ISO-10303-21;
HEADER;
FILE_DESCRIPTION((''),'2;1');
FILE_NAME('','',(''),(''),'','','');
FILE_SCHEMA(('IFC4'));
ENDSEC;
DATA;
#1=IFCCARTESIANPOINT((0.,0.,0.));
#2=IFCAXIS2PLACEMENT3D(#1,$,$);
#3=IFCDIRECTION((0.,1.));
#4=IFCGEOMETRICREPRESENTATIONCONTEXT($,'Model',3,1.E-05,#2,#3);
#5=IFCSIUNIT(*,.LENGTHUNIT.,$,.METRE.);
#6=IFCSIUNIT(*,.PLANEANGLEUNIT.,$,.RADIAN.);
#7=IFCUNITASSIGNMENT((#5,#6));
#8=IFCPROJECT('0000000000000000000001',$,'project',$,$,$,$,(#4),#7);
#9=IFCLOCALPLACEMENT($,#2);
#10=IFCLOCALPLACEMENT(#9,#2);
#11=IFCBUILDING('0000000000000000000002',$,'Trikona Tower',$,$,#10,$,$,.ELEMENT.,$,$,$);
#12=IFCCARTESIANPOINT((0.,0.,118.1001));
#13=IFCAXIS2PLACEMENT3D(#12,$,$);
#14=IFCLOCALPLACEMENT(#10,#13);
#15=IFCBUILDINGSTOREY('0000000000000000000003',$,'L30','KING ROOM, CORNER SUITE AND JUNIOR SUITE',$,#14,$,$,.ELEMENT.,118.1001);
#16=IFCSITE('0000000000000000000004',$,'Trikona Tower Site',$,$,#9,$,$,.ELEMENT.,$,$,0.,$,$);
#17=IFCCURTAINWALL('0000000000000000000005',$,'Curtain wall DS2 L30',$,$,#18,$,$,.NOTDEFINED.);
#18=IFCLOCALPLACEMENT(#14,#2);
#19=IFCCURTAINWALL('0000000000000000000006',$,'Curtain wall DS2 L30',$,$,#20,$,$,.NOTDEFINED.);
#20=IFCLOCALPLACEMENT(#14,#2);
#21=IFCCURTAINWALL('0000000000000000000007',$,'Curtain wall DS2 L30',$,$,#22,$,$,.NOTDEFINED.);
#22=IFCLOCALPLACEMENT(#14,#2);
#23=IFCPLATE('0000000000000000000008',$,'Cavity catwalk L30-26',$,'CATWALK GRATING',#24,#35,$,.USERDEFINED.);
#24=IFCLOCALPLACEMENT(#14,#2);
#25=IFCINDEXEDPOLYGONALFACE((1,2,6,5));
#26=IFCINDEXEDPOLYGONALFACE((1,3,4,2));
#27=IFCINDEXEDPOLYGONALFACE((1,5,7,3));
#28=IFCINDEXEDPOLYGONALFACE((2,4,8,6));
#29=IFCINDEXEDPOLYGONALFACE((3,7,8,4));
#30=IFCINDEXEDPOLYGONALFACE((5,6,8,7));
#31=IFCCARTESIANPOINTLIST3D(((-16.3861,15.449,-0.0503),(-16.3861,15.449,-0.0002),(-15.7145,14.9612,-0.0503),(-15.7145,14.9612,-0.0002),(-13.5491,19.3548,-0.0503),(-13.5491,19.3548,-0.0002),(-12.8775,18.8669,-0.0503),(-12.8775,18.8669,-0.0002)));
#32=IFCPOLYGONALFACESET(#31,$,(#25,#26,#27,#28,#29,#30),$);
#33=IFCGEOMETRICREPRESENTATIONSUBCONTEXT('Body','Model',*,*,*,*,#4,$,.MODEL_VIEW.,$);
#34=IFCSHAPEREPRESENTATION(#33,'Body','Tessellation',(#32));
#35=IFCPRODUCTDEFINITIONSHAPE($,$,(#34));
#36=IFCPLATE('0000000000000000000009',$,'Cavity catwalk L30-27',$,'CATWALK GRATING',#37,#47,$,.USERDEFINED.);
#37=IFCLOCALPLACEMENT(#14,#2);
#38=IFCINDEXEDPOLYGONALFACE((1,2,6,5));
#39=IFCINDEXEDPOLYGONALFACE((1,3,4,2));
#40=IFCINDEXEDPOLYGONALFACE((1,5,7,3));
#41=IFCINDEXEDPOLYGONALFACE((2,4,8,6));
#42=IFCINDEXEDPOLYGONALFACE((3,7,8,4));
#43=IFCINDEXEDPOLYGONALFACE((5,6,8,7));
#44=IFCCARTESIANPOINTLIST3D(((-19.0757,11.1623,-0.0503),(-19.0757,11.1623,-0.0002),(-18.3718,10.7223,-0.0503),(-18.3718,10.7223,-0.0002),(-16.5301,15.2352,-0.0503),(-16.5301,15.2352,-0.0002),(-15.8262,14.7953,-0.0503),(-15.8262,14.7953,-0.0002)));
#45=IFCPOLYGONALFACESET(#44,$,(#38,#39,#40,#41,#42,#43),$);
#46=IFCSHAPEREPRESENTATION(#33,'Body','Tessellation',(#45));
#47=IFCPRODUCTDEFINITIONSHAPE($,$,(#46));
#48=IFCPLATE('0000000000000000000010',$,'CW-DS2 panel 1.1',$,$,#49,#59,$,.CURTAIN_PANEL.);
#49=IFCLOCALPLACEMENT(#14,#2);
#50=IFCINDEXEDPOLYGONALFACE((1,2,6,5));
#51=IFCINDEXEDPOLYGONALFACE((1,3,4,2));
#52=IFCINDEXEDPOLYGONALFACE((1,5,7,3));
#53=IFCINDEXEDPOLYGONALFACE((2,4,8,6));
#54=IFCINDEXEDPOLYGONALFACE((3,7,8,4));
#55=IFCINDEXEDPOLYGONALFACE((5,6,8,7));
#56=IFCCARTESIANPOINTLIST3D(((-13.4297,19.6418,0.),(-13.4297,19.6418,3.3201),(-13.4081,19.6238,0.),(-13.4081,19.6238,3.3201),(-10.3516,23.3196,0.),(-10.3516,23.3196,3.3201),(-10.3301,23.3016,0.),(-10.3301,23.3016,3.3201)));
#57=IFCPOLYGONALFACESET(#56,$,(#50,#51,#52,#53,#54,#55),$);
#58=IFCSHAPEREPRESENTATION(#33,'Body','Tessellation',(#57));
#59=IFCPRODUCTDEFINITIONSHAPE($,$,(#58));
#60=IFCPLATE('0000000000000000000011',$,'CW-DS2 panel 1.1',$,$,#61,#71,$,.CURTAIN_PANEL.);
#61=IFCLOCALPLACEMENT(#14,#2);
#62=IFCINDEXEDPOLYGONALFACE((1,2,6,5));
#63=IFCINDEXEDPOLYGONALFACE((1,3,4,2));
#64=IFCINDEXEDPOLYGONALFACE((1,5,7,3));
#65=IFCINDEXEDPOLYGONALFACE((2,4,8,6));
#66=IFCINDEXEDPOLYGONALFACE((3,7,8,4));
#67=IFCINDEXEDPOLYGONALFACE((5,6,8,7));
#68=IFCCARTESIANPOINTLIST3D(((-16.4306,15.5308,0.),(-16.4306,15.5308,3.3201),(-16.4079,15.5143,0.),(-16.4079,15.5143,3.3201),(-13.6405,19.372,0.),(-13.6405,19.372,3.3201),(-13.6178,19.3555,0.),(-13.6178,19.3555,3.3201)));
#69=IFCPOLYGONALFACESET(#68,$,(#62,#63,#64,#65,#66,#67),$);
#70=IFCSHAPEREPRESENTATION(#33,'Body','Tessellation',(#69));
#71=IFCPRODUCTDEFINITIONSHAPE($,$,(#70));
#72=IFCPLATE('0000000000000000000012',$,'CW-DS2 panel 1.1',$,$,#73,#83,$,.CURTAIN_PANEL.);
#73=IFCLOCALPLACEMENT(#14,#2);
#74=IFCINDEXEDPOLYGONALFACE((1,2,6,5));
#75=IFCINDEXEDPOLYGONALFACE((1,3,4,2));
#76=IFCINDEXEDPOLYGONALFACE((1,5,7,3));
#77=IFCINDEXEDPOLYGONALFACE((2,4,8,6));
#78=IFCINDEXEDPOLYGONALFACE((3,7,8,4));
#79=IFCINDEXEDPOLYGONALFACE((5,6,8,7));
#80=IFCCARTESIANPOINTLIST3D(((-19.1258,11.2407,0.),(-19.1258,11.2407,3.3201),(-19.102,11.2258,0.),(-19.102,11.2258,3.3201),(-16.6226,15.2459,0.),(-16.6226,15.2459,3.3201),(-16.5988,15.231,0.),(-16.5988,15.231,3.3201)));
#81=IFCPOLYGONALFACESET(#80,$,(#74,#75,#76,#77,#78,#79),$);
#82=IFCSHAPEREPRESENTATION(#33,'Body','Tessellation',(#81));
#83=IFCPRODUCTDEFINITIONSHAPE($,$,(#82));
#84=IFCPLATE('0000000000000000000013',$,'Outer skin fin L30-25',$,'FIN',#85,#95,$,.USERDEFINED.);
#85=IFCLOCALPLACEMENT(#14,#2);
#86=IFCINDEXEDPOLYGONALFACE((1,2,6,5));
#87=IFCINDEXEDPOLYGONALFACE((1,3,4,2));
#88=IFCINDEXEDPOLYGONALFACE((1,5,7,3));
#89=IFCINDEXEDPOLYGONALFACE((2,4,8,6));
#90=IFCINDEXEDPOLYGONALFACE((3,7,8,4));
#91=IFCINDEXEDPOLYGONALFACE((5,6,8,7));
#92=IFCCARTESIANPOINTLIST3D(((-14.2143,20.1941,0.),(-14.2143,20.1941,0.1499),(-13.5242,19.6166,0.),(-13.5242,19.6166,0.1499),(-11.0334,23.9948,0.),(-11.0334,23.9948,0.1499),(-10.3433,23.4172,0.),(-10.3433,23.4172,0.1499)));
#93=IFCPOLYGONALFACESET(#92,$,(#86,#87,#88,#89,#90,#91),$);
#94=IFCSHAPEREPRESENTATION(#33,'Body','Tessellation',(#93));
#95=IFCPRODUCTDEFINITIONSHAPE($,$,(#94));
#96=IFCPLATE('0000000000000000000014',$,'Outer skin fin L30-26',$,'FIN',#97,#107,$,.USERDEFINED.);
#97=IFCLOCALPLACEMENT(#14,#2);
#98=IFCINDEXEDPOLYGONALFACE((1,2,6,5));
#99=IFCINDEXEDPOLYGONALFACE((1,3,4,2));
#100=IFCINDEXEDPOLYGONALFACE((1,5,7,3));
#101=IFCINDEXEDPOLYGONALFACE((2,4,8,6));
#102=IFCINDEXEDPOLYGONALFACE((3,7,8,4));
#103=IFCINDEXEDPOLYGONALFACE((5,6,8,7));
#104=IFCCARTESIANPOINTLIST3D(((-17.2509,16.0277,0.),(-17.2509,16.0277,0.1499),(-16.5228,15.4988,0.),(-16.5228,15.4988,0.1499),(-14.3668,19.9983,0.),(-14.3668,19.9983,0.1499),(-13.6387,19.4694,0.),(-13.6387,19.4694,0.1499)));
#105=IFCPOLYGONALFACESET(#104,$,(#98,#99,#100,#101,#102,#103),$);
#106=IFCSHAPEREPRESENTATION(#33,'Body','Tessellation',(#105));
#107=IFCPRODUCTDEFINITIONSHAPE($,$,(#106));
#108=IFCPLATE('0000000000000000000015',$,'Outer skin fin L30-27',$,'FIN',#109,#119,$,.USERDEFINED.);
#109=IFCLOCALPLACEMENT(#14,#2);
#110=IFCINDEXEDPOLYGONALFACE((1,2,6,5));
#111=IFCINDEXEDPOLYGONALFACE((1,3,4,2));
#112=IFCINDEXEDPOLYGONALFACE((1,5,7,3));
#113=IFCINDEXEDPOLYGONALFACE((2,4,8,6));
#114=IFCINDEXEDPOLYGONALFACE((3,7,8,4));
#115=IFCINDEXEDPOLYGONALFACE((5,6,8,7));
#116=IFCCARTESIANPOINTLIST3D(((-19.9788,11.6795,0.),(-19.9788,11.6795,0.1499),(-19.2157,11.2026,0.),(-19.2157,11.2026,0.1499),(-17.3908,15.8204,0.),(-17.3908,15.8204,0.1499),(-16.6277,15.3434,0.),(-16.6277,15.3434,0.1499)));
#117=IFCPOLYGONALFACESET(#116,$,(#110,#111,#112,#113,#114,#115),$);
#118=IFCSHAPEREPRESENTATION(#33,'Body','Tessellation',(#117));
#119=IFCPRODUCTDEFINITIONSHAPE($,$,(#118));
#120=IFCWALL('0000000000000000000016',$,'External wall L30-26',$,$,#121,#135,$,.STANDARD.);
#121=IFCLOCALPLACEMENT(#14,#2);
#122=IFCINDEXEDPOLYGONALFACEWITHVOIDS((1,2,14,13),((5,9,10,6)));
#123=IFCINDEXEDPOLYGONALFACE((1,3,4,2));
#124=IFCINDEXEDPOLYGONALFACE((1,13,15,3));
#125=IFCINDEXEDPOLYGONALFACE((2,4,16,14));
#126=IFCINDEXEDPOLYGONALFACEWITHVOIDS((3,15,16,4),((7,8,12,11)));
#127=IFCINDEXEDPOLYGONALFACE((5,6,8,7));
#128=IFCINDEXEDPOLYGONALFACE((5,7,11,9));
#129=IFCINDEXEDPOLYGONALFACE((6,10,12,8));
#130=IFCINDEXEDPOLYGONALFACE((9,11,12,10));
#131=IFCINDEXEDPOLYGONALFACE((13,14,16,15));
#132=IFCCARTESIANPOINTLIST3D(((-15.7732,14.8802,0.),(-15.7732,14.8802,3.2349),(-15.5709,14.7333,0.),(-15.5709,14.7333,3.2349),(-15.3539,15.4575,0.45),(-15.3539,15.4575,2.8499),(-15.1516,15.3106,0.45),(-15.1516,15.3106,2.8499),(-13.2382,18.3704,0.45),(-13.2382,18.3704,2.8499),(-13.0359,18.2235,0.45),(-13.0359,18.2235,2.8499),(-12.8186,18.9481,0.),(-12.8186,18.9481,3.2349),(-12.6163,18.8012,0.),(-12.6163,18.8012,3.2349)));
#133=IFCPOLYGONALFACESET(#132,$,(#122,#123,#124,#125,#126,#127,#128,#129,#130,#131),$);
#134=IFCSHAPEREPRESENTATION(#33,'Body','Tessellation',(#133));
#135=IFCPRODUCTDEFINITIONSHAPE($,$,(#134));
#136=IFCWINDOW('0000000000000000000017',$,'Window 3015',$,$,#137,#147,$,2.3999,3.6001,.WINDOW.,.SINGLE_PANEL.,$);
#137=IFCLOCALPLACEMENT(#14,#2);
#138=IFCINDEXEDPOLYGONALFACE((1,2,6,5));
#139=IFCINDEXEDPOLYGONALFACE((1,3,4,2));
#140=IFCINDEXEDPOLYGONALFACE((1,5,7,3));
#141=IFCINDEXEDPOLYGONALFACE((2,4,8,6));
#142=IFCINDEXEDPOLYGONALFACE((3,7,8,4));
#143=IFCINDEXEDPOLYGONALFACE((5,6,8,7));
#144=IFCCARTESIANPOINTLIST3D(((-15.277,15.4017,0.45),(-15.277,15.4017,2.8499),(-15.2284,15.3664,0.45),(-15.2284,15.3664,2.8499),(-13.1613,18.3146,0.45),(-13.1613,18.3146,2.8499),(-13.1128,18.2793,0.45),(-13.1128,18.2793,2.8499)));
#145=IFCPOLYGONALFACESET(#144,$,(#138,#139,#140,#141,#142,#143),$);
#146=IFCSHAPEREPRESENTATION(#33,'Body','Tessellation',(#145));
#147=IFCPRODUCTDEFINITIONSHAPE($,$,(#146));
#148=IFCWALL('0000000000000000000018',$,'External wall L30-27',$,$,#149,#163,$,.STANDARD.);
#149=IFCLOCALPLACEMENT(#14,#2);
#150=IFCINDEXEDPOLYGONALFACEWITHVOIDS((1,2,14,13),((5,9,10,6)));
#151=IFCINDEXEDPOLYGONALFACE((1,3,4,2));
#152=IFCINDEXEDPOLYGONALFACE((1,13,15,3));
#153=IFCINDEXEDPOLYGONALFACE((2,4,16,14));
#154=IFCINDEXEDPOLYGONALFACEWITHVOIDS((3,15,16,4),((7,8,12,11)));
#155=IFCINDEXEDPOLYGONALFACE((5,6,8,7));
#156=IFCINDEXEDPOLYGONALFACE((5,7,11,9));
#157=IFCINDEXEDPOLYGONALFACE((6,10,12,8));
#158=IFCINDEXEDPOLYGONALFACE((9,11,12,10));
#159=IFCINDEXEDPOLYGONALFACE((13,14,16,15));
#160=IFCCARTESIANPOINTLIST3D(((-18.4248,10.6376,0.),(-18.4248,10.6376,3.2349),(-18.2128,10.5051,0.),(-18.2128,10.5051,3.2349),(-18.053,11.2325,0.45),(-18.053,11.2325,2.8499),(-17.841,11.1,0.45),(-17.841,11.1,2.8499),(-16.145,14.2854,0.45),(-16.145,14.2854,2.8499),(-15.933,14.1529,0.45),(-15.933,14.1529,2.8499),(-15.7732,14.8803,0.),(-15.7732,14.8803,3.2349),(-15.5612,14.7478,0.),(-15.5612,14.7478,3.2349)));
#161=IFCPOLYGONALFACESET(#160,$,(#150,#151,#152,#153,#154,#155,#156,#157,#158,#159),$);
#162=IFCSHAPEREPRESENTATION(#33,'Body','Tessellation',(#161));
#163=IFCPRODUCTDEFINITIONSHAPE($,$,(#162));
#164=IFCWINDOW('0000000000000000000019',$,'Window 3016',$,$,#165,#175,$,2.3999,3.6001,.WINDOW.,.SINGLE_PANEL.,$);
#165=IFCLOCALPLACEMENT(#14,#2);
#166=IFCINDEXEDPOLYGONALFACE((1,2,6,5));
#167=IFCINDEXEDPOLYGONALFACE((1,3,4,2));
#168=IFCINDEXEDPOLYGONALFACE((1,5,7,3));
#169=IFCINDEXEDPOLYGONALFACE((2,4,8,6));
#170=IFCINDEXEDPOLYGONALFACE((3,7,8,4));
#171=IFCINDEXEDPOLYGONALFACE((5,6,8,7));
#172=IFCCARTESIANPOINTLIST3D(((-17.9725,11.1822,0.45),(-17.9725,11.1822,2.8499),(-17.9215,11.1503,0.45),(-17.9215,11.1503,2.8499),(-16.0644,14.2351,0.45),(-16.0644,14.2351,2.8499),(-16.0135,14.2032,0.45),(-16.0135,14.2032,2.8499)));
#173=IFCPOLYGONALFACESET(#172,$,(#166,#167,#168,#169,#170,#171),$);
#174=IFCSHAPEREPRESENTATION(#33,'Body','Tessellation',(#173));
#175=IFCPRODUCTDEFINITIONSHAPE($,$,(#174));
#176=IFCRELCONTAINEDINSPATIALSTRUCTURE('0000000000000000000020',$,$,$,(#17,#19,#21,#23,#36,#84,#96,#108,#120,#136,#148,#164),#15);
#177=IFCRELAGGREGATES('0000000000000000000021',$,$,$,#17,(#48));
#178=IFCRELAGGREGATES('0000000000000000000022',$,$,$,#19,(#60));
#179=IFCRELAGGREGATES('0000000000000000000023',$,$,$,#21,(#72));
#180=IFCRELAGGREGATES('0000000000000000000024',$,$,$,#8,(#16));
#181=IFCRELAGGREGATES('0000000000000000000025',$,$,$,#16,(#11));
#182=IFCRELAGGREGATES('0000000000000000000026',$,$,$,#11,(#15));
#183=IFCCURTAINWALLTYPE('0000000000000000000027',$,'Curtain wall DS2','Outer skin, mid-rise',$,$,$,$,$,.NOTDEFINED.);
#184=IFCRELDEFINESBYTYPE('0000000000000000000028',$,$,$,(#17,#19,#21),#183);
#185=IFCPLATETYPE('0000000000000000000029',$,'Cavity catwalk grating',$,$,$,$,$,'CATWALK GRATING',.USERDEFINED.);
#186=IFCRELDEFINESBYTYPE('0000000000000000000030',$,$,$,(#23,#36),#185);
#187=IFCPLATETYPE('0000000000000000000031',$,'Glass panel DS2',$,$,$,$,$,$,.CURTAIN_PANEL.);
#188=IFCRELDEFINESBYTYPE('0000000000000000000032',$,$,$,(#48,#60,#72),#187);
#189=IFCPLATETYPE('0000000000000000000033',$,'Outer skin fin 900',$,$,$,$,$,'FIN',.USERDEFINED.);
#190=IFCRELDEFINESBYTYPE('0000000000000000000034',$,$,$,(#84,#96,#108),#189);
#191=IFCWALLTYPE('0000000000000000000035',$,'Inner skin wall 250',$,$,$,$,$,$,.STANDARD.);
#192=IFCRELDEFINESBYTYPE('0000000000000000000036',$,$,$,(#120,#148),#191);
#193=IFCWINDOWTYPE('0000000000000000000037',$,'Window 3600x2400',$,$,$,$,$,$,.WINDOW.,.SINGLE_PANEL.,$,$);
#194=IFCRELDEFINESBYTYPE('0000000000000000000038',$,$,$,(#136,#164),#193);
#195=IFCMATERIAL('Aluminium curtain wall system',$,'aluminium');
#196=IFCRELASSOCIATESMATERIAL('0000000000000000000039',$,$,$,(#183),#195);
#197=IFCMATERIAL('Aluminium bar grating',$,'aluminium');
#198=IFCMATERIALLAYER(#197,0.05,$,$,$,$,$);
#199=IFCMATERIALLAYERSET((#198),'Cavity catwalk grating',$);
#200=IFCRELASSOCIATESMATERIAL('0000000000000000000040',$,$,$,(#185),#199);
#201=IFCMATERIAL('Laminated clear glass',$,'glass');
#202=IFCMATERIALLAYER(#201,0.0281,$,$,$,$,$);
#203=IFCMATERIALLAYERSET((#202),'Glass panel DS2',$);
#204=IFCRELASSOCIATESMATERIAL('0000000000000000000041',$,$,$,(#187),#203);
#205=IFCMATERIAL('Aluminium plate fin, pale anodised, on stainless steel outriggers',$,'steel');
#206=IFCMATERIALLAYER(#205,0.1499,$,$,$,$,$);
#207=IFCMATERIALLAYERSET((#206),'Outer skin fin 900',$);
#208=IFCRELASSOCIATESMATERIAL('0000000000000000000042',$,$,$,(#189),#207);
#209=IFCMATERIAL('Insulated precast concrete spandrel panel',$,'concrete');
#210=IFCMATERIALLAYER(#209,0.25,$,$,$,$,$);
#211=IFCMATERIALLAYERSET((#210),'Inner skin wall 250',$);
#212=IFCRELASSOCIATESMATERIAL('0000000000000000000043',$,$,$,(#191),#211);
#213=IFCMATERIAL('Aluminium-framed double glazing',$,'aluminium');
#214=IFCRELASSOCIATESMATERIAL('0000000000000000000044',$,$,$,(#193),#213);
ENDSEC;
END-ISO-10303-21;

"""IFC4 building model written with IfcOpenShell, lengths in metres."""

from ifc_helpers import new_model, si_unit, direction, frame, frame_2d, origin, origin_2d, place, context, subcontext, project, spatial, rectangle, extrude, material, layer, layer_set, type_object, element, fill, aggregate, save


model = new_model("IFC4")

# Units and contexts
model_context = context("Model", 3, precision=1e-05, world=origin(), true_north=direction((0.0, 1.0)))
body_context = subcontext(model_context, "Body", "Model", "MODEL_VIEW")
ifc_project = project(units=[si_unit("LENGTHUNIT", "METRE"), si_unit("PLANEANGLEUNIT", "RADIAN")], contexts=[model_context])

# Site, building, storey
site_placement = place(None, origin())
site = spatial("IfcSite", under=ifc_project, at=site_placement, Name="Trikona Tower Site", CompositionType="ELEMENT", RefElevation=0.0)
building_placement = place(site_placement, origin())
building = spatial("IfcBuilding", under=site, at=building_placement, Name="Trikona Tower", CompositionType="ELEMENT")
storey_placement = place(building_placement, frame((0.0, 0.0, 118.1001)))
storey = spatial("IfcBuildingStorey", under=building, at=storey_placement, Name="L30", Description="KING ROOM, CORNER SUITE AND JUNIOR SUITE", CompositionType="ELEMENT", Elevation=118.1001)

# Shared definitions
ifc_material_1 = material(Name="Aluminium curtain wall system", Category="aluminium")
curtain_wall_type = type_object("IfcCurtainWallType", Name="Curtain wall DS2", Description="Outer skin, mid-rise", PredefinedType="NOTDEFINED", material=ifc_material_1)

# Curtain walls
curtain_wall_1_placement = place(storey_placement, origin())
curtain_wall_1 = element("IfcCurtainWall", 1, at=curtain_wall_1_placement, inside=storey, type_object=curtain_wall_type, Name="Curtain wall DS2 L30", PredefinedType="NOTDEFINED")
curtain_wall_2_placement = place(storey_placement, origin())
curtain_wall_2 = element("IfcCurtainWall", 2, at=curtain_wall_2_placement, inside=storey, type_object=curtain_wall_type, Name="Curtain wall DS2 L30", PredefinedType="NOTDEFINED")

# Curtain wall
curtain_wall_3_placement = place(storey_placement, origin())
curtain_wall_3 = element("IfcCurtainWall", 3, at=curtain_wall_3_placement, inside=storey, type_object=curtain_wall_type, Name="Curtain wall DS2 L30", PredefinedType="NOTDEFINED")

# Plates
ifc_material_2 = material(Name="Aluminium bar grating", Category="aluminium")
ifc_layer_1 = layer(ifc_material_2, 0.05)
ifc_layer_set_1 = layer_set([ifc_layer_1], Name="Cavity catwalk grating")
plate_type_1 = type_object("IfcPlateType", Name="Cavity catwalk grating", ElementType="CATWALK GRATING", PredefinedType="USERDEFINED", material=ifc_layer_set_1)
plate_1_placement = place(storey_placement, frame((-14.6318, 17.158, -0.0503), z_axis=(0.0, 0.0, 1.0), x_axis=(-0.587686, -0.809089, 0.0)))
element("IfcPlate", 4, at=plate_1_placement, inside=storey, type_object=plate_type_1, Name="Cavity catwalk L30-26", ObjectType="CATWALK GRATING", PredefinedType="USERDEFINED", context=body_context, shape_type="SweptSolid", body=[
    extrude(rectangle(XDim=4.8274, YDim=0.8301, at=origin_2d()), origin(), (0.0, 0.0, 1.0), 0.05),
])
plate_2_placement = place(storey_placement, frame((-17.4509, 12.9788, -0.0503), z_axis=(0.0, 0.0, 1.0), x_axis=(-0.529995, -0.848001, 0.0)))
element("IfcPlate", 5, at=plate_2_placement, inside=storey, type_object=plate_type_1, Name="Cavity catwalk L30-27", ObjectType="CATWALK GRATING", PredefinedType="USERDEFINED", context=body_context, shape_type="SweptSolid", body=[
    extrude(rectangle(XDim=4.803, YDim=0.8301, at=origin_2d()), origin(), (0.0, 0.0, 1.0), 0.05),
])

# Plates
ifc_material_3 = material(Name="Laminated clear glass", Category="glass")
ifc_layer_2 = layer(ifc_material_3, 0.0281)
ifc_layer_set_2 = layer_set([ifc_layer_2], Name="Glass panel DS2")
plate_type_2 = type_object("IfcPlateType", Name="Glass panel DS2", PredefinedType="CURTAIN_PANEL", material=ifc_layer_set_2)
plate_3_placement = place(storey_placement, frame((-11.8799, 21.4717, 0.0), z_axis=(0.0, 0.0, 1.0), x_axis=(-0.641806, -0.766867, 0.0)))
plate_3 = element("IfcPlate", 6, at=plate_3_placement, type_object=plate_type_2, Name="CW-DS2 panel 1.1", PredefinedType="CURTAIN_PANEL", context=body_context, shape_type="SweptSolid", body=[
    extrude(rectangle(XDim=4.7959, YDim=0.0281, at=origin_2d()), origin(), (0.0, 0.0, 1.0), 3.3201),
])
aggregate(curtain_wall_1, [plate_3])
plate_4_placement = place(storey_placement, frame((-15.0242, 17.4431, 0.0), z_axis=(0.0, 0.0, 1.0), x_axis=(-0.587691, -0.809086, 0.0)))
plate_4 = element("IfcPlate", 7, at=plate_4_placement, type_object=plate_type_2, Name="CW-DS2 panel 1.1", PredefinedType="CURTAIN_PANEL", context=body_context, shape_type="SweptSolid", body=[
    extrude(rectangle(XDim=4.7476, YDim=0.0281, at=origin_2d()), origin(), (0.0, 0.0, 1.0), 3.3201),
])
aggregate(curtain_wall_2, [plate_4])
plate_5_placement = place(storey_placement, frame((-17.8623, 13.2358, 0.0), z_axis=(0.0, 0.0, 1.0), x_axis=(-0.529999, -0.847998, 0.0)))
plate_5 = element("IfcPlate", 8, at=plate_5_placement, type_object=plate_type_2, Name="CW-DS2 panel 1.1", PredefinedType="CURTAIN_PANEL", context=body_context, shape_type="SweptSolid", body=[
    extrude(rectangle(XDim=4.7231, YDim=0.0281, at=origin_2d()), origin(), (0.0, 0.0, 1.0), 3.3201),
])
aggregate(curtain_wall_3, [plate_5])

# Plates
ifc_material_4 = material(Name="Aluminium plate fin, pale anodised, on stainless steel outriggers", Category="steel")
ifc_layer_3 = layer(ifc_material_4, 0.1499)
ifc_layer_set_3 = layer_set([ifc_layer_3], Name="Outer skin fin 900")
plate_type_3 = type_object("IfcPlateType", Name="Outer skin fin 900", ElementType="FIN", PredefinedType="USERDEFINED", material=ifc_layer_set_3)
plate_6_placement = place(storey_placement, frame((-12.2788, 21.8057, 0.0), z_axis=(0.0, 0.0, 1.0), x_axis=(-0.641807, -0.766866, 0.0)))
element("IfcPlate", 9, at=plate_6_placement, inside=storey, type_object=plate_type_3, Name="Outer skin fin L30-25", ObjectType="FIN", PredefinedType="USERDEFINED", context=body_context, shape_type="SweptSolid", body=[
    extrude(rectangle(XDim=4.9561, YDim=0.8999, at=origin_2d()), origin(), (0.0, 0.0, 1.0), 0.1499),
])
plate_7_placement = place(storey_placement, frame((-15.4448, 17.7485, 0.0), z_axis=(0.0, 0.0, 1.0), x_axis=(-0.587686, -0.809089, 0.0)))
element("IfcPlate", 10, at=plate_7_placement, inside=storey, type_object=plate_type_3, Name="Outer skin fin L30-26", ObjectType="FIN", PredefinedType="USERDEFINED", context=body_context, shape_type="SweptSolid", body=[
    extrude(rectangle(XDim=4.9075, YDim=0.8999, at=origin_2d()), origin(), (0.0, 0.0, 1.0), 0.1499),
])
plate_8_placement = place(storey_placement, frame((-18.3032, 13.5115, 0.0), z_axis=(0.0, 0.0, 1.0), x_axis=(-0.529995, -0.848001, 0.0)))
element("IfcPlate", 11, at=plate_8_placement, inside=storey, type_object=plate_type_3, Name="Outer skin fin L30-27", ObjectType="FIN", PredefinedType="USERDEFINED", context=body_context, shape_type="SweptSolid", body=[
    extrude(rectangle(XDim=4.8831, YDim=0.8999, at=origin_2d()), origin(), (0.0, 0.0, 1.0), 0.1499),
])

# Walls, openings, windows
ifc_material_5 = material(Name="Insulated precast concrete spandrel panel", Category="concrete")
ifc_layer_4 = layer(ifc_material_5, 0.25)
ifc_layer_set_4 = layer_set([ifc_layer_4], Name="Inner skin wall 250")
wall_type = type_object("IfcWallType", Name="Inner skin wall 250", PredefinedType="STANDARD", material=ifc_layer_set_4)
wall_1_placement = place(storey_placement, frame((-12.7175, 18.8745, 0.0), z_axis=(0.0, 0.0, 1.0), x_axis=(-0.587669, -0.809101, 0.0)))
wall_1 = element("IfcWall", 12, at=wall_1_placement, inside=storey, type_object=wall_type, Name="External wall L30-26", PredefinedType="STANDARD", context=body_context, shape_type="SweptSolid", body=[
    extrude(rectangle(XDim=5.0276, YDim=0.25, at=frame_2d((2.5137, 0.0))), origin(), (0.0, 0.0, 1.0), 3.2349),
])
opening_1_placement = place(wall_1_placement, frame((0.7139, 0.0, 0.45)))
opening_1 = element("IfcOpeningElement", 13, at=opening_1_placement, cuts=wall_1, PredefinedType="OPENING", context=body_context, shape_type="SweptSolid", body=[
    extrude(rectangle(XDim=3.6001, YDim=2.3999, at=frame_2d((1.8, 1.2))), frame((0.0, 0.135, 0.0), z_axis=(0.0, -1.0, 0.0), x_axis=(1.0, 0.0, 0.0)), (0.0, 0.0, 1.0), 0.27),
])
ifc_material_6 = material(Name="Aluminium-framed double glazing", Category="aluminium")
window_type = type_object("IfcWindowType", Name="Window 3600x2400", PartitioningType="SINGLE_PANEL", PredefinedType="WINDOW", material=ifc_material_6)
window_1_placement = place(opening_1_placement, origin())
window_1 = element("IfcWindow", 14, at=window_1_placement, inside=storey, type_object=window_type, Name="Window 3015", OverallHeight=2.3999, OverallWidth=3.6001, PartitioningType="SINGLE_PANEL", PredefinedType="WINDOW", context=body_context, shape_type="SweptSolid", body=[
    extrude(rectangle(XDim=3.6001, YDim=2.3999, at=frame_2d((1.8, 1.2))), frame((0.0, 0.03, 0.0), z_axis=(0.0, -1.0, 0.0), x_axis=(1.0, 0.0, 0.0)), (0.0, 0.0, 1.0), 0.0601),
])
fill(opening_1, window_1)
wall_2_placement = place(storey_placement, frame((-15.6672, 14.814, 0.0), z_axis=(0.0, 0.0, 1.0), x_axis=(-0.52999, -0.848004, 0.0)))
wall_2 = element("IfcWall", 15, at=wall_2_placement, inside=storey, type_object=wall_type, Name="External wall L30-27", PredefinedType="STANDARD", context=body_context, shape_type="SweptSolid", body=[
    extrude(rectangle(XDim=5.0032, YDim=0.25, at=frame_2d((2.5015, 0.0))), origin(), (0.0, 0.0, 1.0), 3.2349),
])
opening_2_placement = place(wall_2_placement, frame((0.7014, 0.0, 0.45)))
opening_2 = element("IfcOpeningElement", 16, at=opening_2_placement, cuts=wall_2, PredefinedType="OPENING", context=body_context, shape_type="SweptSolid", body=[
    extrude(rectangle(XDim=3.6001, YDim=2.3999, at=frame_2d((1.8, 1.2))), frame((0.0, 0.135, 0.0), z_axis=(0.0, -1.0, 0.0), x_axis=(1.0, 0.0, 0.0)), (0.0, 0.0, 1.0), 0.27),
])
window_2_placement = place(opening_2_placement, origin())
window_2 = element("IfcWindow", 17, at=window_2_placement, inside=storey, type_object=window_type, Name="Window 3016", OverallHeight=2.3999, OverallWidth=3.6001, PartitioningType="SINGLE_PANEL", PredefinedType="WINDOW", context=body_context, shape_type="SweptSolid", body=[
    extrude(rectangle(XDim=3.6001, YDim=2.3999, at=frame_2d((1.8, 1.2))), frame((0.0, 0.03, 0.0), z_axis=(0.0, -1.0, 0.0), x_axis=(1.0, 0.0, 0.0)), (0.0, 0.0, 1.0), 0.0601),
])
fill(opening_2, window_2)

save(model, "model.ifc")
